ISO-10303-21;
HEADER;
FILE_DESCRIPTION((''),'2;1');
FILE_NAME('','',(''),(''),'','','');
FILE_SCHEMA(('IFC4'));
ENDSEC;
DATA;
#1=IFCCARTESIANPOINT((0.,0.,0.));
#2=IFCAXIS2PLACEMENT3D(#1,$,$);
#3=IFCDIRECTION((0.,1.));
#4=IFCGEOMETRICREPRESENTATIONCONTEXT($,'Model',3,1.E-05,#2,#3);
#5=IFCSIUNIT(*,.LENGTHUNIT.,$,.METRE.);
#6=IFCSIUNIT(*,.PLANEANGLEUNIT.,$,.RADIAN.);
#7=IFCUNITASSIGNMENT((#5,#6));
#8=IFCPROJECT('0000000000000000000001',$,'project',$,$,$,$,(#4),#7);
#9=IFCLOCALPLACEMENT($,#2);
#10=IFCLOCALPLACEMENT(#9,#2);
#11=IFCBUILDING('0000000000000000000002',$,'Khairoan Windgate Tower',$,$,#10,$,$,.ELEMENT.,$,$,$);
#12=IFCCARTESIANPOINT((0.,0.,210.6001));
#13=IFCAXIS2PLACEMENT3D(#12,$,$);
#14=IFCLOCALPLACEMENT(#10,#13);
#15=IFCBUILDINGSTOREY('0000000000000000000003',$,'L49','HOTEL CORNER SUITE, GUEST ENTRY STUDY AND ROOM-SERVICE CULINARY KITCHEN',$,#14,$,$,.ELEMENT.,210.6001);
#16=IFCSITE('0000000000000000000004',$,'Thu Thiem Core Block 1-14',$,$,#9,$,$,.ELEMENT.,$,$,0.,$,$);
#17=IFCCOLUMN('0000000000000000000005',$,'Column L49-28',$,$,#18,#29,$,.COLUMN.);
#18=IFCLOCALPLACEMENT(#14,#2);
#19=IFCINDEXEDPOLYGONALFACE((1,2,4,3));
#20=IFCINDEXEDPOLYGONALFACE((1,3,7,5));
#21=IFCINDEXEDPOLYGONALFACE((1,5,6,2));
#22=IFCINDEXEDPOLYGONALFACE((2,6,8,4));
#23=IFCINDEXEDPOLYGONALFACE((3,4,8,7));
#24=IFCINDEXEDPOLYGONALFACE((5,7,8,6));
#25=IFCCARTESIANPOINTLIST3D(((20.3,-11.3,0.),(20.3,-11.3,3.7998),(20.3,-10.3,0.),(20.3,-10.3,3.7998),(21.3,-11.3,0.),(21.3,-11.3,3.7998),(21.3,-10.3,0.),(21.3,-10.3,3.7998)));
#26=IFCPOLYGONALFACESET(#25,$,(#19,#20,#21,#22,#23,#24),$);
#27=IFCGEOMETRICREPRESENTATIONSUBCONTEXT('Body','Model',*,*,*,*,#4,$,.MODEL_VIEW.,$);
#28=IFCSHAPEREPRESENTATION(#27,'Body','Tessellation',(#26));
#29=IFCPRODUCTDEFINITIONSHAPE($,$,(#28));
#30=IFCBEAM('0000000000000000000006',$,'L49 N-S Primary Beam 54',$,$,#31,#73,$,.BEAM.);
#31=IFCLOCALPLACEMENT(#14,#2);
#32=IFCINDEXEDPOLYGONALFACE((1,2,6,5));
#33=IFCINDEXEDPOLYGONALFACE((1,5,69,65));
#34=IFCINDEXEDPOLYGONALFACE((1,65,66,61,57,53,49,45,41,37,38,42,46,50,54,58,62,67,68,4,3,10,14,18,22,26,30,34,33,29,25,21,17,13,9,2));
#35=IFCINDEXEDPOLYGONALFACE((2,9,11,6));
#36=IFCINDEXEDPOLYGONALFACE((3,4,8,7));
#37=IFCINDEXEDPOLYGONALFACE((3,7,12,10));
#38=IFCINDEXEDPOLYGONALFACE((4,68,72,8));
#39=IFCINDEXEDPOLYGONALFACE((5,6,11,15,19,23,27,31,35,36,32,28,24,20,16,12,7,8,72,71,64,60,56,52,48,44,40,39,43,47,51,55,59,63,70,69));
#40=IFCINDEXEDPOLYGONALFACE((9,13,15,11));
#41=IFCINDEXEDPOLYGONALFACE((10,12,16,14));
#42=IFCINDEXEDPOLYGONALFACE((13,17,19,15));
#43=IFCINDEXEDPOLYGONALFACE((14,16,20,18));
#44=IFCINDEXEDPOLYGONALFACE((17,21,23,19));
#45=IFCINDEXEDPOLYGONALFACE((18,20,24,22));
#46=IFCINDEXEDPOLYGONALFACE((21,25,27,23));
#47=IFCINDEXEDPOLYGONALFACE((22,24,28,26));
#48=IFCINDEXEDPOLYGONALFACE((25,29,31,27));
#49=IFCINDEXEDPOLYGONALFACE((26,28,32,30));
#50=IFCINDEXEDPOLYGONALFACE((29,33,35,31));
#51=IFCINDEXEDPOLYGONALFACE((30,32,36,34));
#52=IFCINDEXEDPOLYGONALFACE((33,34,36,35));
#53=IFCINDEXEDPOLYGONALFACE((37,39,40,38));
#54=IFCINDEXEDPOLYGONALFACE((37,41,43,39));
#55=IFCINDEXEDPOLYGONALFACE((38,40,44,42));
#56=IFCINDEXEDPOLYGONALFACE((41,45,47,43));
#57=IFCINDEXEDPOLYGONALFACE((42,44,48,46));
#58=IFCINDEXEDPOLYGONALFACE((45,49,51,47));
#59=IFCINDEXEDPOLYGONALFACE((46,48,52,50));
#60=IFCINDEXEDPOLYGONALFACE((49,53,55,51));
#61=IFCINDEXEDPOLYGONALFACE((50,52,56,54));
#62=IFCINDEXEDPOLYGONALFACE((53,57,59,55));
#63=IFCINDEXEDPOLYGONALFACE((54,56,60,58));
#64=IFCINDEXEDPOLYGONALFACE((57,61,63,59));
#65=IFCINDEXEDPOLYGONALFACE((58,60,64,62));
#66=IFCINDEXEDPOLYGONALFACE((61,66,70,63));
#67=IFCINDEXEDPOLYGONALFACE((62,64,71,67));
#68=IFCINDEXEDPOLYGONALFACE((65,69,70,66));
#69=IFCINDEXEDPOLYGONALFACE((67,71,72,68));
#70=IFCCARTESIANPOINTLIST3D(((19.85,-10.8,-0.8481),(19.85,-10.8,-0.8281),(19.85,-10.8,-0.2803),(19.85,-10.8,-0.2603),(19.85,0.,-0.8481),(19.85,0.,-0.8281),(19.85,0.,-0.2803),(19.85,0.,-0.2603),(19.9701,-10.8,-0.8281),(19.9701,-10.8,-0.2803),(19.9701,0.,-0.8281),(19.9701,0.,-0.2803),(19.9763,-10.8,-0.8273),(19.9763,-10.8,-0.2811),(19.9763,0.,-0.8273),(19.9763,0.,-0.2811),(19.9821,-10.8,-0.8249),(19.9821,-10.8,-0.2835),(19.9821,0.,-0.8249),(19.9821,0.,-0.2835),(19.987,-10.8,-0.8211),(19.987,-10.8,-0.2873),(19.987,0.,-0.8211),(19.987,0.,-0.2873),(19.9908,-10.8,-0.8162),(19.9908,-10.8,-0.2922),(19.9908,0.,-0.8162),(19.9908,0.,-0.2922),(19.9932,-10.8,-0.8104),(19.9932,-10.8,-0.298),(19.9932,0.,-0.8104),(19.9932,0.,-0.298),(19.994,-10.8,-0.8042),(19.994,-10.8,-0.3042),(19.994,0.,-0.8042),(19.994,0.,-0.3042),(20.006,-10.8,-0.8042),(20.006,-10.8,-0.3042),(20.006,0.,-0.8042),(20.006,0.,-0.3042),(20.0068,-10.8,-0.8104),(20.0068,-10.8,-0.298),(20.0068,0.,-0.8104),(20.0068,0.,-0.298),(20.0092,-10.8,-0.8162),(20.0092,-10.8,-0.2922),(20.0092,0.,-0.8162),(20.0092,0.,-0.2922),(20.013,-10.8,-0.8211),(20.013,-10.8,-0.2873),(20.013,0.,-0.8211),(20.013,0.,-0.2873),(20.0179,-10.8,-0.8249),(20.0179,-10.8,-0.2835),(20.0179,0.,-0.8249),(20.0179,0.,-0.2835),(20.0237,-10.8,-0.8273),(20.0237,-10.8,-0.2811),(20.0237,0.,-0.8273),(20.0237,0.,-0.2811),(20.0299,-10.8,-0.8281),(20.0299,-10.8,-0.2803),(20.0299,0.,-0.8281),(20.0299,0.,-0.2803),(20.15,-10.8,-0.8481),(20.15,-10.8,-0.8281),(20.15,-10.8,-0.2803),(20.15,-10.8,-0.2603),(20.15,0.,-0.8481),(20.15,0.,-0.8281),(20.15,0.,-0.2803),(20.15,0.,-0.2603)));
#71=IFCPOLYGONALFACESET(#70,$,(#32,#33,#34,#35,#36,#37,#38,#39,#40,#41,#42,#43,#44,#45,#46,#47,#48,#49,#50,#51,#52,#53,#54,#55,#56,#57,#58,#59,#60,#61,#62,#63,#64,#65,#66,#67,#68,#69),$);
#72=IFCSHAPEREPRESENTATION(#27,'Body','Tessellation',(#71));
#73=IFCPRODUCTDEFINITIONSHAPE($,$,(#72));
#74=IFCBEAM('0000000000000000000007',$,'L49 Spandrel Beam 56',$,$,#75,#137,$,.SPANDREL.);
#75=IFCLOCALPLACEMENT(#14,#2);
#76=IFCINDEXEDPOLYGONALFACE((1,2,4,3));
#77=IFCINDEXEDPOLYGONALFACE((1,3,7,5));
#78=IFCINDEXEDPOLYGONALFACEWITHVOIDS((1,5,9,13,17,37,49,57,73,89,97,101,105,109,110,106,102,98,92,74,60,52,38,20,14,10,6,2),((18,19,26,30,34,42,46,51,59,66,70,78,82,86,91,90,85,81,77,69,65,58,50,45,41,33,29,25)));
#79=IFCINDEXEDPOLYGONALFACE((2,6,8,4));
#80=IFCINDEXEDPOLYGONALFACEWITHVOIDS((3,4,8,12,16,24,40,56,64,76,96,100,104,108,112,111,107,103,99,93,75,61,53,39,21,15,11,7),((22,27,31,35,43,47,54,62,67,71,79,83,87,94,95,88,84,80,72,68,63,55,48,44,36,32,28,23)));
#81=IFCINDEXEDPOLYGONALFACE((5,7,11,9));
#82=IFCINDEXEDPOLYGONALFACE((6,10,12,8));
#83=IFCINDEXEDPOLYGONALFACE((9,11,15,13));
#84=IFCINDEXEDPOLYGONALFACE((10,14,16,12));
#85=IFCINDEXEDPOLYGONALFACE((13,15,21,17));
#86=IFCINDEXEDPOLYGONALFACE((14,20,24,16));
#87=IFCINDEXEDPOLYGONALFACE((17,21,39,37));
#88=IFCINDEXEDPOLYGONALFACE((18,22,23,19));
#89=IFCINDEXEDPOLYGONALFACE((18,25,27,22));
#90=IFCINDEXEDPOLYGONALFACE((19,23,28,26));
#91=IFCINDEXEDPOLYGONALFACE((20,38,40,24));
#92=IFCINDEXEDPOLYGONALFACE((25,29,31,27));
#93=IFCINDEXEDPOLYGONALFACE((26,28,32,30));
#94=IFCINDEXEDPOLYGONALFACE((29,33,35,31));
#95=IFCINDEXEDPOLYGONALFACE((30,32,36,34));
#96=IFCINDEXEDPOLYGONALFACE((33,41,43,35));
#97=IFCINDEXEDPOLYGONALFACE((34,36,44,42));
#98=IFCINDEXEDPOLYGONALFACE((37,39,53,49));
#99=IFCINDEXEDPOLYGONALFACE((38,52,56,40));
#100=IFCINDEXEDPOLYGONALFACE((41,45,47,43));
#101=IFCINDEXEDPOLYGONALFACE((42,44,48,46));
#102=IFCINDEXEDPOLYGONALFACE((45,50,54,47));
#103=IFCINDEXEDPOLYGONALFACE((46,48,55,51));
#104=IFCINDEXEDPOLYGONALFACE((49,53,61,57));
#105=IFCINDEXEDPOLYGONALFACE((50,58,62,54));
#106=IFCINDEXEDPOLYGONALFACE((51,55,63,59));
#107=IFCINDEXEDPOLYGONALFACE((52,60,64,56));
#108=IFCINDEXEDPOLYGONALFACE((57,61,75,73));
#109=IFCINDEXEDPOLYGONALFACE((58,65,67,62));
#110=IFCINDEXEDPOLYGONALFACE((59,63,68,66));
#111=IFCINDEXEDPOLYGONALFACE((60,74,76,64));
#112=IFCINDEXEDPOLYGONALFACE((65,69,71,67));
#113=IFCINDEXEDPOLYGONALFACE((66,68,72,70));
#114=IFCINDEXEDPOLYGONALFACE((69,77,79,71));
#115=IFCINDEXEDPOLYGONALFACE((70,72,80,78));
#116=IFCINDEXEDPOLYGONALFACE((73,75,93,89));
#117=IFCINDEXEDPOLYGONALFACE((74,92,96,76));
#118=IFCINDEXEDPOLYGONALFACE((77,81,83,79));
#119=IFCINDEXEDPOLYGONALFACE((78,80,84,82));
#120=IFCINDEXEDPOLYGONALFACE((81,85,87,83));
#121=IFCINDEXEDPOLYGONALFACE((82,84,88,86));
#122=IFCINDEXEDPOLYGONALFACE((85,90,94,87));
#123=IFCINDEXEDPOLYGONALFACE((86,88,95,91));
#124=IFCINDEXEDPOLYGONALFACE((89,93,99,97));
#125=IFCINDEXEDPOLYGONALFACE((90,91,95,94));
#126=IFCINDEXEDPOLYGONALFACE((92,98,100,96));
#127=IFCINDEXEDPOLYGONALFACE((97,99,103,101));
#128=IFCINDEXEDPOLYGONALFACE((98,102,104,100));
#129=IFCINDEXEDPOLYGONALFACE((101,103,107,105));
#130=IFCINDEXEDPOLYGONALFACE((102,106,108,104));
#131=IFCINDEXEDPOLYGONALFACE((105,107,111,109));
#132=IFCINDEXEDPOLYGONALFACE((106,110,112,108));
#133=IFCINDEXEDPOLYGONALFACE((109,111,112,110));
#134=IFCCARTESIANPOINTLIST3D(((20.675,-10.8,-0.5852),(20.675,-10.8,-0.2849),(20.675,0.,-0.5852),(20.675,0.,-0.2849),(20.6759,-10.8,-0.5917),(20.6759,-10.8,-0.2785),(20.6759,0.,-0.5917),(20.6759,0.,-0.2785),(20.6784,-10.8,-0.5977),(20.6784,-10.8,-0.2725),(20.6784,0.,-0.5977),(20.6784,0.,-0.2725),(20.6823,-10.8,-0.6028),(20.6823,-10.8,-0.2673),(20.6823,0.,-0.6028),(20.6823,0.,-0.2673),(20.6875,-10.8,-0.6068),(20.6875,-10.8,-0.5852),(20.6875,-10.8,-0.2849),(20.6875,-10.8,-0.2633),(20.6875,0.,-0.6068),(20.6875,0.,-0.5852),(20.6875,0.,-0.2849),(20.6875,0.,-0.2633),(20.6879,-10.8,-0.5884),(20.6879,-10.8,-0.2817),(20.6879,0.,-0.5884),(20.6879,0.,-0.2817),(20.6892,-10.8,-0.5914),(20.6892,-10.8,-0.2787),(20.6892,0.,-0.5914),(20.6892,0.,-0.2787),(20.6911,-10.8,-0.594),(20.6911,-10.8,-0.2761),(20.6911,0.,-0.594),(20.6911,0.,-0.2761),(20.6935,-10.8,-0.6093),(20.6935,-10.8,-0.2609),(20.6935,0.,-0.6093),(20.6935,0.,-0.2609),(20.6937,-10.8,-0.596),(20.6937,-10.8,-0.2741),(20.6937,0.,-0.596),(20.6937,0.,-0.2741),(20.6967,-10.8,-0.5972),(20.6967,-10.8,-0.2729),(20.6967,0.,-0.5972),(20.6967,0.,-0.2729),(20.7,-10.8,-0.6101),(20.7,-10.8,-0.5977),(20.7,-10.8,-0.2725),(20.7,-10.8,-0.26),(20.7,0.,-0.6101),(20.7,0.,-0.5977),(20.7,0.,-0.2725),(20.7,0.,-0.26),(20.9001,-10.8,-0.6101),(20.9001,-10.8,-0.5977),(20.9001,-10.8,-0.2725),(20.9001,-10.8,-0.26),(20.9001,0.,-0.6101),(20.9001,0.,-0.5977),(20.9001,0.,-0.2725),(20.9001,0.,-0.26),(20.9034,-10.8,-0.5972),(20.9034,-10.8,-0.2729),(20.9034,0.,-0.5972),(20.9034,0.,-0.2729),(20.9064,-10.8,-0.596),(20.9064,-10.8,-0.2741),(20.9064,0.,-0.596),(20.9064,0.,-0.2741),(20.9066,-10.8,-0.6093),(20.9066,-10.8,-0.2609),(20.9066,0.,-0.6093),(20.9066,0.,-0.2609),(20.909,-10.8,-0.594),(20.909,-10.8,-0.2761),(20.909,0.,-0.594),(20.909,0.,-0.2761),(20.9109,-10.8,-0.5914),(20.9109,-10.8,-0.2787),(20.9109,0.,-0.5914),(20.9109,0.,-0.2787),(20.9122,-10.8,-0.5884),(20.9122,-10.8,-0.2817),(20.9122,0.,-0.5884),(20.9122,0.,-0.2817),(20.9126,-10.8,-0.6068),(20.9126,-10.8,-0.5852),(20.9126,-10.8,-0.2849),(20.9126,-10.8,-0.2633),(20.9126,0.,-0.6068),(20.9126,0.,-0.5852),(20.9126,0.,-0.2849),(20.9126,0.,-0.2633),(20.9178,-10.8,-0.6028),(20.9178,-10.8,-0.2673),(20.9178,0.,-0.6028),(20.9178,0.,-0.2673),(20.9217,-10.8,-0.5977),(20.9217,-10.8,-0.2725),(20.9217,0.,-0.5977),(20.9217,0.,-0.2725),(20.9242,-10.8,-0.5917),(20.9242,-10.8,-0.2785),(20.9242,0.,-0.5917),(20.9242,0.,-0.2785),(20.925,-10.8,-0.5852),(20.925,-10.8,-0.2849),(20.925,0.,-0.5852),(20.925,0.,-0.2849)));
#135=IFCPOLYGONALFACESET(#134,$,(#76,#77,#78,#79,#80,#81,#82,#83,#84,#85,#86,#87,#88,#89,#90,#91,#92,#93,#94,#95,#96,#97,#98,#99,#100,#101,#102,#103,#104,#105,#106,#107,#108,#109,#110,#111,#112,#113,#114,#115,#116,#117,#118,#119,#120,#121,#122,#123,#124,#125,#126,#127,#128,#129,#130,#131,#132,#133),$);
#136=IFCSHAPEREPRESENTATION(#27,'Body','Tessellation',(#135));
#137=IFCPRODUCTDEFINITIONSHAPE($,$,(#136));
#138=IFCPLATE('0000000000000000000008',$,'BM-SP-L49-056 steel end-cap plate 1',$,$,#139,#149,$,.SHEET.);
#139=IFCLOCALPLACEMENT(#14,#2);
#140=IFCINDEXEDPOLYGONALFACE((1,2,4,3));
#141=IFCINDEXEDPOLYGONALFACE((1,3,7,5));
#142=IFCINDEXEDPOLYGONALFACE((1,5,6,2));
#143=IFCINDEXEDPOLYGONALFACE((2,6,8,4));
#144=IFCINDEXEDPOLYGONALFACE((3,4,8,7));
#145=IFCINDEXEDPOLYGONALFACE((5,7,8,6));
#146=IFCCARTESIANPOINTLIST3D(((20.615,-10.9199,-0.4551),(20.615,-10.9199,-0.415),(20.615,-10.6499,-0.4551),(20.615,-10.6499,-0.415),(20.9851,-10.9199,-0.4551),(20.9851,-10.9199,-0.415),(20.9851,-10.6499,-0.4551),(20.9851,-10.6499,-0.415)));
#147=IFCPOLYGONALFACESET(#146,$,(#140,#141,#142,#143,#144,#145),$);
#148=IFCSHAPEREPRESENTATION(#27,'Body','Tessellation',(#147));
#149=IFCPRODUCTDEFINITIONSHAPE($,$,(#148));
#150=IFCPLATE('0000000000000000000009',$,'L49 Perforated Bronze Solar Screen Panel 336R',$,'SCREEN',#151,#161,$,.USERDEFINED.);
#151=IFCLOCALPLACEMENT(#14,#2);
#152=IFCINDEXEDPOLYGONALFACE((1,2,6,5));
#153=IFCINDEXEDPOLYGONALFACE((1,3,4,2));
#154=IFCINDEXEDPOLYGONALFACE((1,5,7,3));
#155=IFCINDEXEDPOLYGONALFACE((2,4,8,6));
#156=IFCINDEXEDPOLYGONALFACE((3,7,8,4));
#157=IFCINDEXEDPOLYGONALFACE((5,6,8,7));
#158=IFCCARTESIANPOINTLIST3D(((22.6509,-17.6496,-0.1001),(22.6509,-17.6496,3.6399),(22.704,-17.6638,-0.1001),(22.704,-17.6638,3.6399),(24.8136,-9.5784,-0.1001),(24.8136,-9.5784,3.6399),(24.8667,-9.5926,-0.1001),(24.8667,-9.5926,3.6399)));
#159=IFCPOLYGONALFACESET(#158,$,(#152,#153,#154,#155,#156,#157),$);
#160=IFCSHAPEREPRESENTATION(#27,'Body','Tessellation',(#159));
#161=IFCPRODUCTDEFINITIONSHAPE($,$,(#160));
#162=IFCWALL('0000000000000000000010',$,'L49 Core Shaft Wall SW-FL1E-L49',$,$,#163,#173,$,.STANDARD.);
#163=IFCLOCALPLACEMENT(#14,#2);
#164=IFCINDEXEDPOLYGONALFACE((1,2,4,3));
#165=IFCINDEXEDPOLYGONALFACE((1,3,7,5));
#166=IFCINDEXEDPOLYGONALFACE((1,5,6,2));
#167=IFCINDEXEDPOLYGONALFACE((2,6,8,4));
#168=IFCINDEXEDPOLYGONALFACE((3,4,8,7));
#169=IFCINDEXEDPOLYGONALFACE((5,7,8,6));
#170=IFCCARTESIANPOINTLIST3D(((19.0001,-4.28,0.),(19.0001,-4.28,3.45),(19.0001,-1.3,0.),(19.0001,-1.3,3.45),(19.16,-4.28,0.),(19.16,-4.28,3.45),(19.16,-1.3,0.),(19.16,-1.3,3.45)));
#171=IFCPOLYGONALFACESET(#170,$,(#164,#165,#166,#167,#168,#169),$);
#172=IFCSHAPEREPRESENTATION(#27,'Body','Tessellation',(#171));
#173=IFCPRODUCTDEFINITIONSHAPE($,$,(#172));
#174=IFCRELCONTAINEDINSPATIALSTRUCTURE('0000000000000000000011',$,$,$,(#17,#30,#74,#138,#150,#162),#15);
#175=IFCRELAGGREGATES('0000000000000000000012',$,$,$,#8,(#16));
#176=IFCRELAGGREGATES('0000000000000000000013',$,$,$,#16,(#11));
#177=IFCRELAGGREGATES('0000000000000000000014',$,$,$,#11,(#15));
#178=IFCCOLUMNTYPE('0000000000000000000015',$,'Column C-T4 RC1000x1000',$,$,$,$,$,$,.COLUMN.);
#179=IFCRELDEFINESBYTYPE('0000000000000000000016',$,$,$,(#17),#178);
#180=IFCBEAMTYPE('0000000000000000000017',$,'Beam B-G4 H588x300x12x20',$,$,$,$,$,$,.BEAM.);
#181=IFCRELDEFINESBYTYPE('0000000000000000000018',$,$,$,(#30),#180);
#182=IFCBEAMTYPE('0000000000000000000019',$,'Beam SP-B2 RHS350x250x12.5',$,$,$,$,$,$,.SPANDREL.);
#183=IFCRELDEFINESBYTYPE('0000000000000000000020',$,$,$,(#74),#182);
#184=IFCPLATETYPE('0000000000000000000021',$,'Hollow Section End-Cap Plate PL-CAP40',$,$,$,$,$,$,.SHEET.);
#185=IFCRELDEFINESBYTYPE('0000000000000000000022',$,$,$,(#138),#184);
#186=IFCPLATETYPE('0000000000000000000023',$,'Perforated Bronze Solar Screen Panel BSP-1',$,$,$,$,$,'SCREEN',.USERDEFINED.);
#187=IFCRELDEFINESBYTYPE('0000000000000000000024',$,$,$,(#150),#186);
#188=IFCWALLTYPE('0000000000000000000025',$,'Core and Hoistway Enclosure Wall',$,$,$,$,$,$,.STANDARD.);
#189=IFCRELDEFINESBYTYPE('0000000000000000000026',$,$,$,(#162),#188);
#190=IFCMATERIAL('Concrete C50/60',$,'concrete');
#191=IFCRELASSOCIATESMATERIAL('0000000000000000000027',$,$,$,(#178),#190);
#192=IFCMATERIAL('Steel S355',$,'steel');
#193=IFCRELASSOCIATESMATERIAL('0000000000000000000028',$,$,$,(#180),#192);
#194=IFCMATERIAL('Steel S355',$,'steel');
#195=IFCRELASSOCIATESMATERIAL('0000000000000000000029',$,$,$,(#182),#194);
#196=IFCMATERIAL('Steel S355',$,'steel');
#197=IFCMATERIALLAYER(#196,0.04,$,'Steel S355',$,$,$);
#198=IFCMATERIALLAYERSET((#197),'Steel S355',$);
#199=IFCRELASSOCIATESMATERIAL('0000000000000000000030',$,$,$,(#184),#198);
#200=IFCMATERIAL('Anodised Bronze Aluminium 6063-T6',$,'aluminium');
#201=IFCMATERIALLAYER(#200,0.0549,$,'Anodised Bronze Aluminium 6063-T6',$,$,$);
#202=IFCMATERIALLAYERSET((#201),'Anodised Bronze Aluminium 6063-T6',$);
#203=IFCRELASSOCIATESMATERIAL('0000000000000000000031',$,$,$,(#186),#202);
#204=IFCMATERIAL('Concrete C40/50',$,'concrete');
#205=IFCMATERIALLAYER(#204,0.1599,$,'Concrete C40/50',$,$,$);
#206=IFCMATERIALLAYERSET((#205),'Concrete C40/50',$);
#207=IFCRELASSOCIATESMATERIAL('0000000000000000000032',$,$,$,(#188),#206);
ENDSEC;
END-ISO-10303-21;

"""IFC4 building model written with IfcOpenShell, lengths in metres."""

from ifc_helpers import new_model, si_unit, direction, frame, frame_2d, origin, origin_2d, place, context, subcontext, project, spatial, rectangle, hollow_rectangle, i_section, extrude, material, layer, layer_set, material_profile, profile_set, type_object, element, save


model = new_model("IFC4")

# Units and contexts
model_context = context("Model", 3, precision=1e-05, world=origin(), true_north=direction((0.0, 1.0)))
body_context = subcontext(model_context, "Body", "Model", "MODEL_VIEW")
ifc_project = project(units=[si_unit("LENGTHUNIT", "METRE"), si_unit("PLANEANGLEUNIT", "RADIAN")], contexts=[model_context])

# Site, building, storey
site_placement = place(None, origin())
site = spatial("IfcSite", under=ifc_project, at=site_placement, Name="Thu Thiem Core Block 1-14", CompositionType="ELEMENT", RefElevation=0.0)
building_placement = place(site_placement, origin())
building = spatial("IfcBuilding", under=site, at=building_placement, Name="Khairoan Windgate Tower", CompositionType="ELEMENT")
storey_placement = place(building_placement, frame((0.0, 0.0, 210.6001)))
storey = spatial("IfcBuildingStorey", under=building, at=storey_placement, Name="L49", Description="HOTEL CORNER SUITE, GUEST ENTRY STUDY AND ROOM-SERVICE CULINARY KITCHEN", CompositionType="ELEMENT", Elevation=210.6001)

# Column
ifc_material_1 = material(Name="Concrete C50/60", Category="concrete")
ifc_material_profile_1 = material_profile(ifc_material_1, rectangle(XDim=1.0, YDim=1.0, at=origin_2d()))
ifc_profile_set_1 = profile_set([ifc_material_profile_1], Name="Concrete C50/60")
column_type = type_object("IfcColumnType", Name="Column C-T4 RC1000x1000", PredefinedType="COLUMN", material=ifc_profile_set_1)
column_placement = place(storey_placement, frame((20.8, -10.8, 0.0), z_axis=(0.0, 0.0, 1.0), x_axis=(1.0, 0.0, 0.0)))
element("IfcColumn", 1, at=column_placement, inside=storey, type_object=column_type, Name="Column L49-28", PredefinedType="COLUMN", context=body_context, shape_type="SweptSolid", body=[
    extrude(rectangle(XDim=1.0, YDim=1.0, at=origin_2d()), origin(), (0.0, 0.0, 1.0), 3.7998),
])

# Beams
ifc_material_2 = material(Name="Steel S355", Category="steel")
ifc_material_profile_2 = material_profile(ifc_material_2, i_section(OverallWidth=0.3, OverallDepth=0.5879, WebThickness=0.012, FlangeThickness=0.02, FilletRadius=0.0239, at=origin_2d()))
ifc_profile_set_2 = profile_set([ifc_material_profile_2], Name="Steel S355")
beam_type_1 = type_object("IfcBeamType", Name="Beam B-G4 H588x300x12x20", PredefinedType="BEAM", material=ifc_profile_set_2)
beam_1_placement = place(storey_placement, frame((20.0, -10.8, -0.5542), z_axis=(0.0, 1.0, 0.0), x_axis=(-1.0, 0.0, 0.0)))
element("IfcBeam", 2, at=beam_1_placement, inside=storey, type_object=beam_type_1, Name="L49 N-S Primary Beam 54", PredefinedType="BEAM", context=body_context, shape_type="SweptSolid", body=[
    extrude(i_section(OverallWidth=0.3, OverallDepth=0.5879, WebThickness=0.012, FlangeThickness=0.02, FilletRadius=0.0239, at=origin_2d()), origin(), (0.0, 0.0, 1.0), 10.8),
])
ifc_material_3 = material(Name="Steel S355", Category="steel")
ifc_material_profile_3 = material_profile(ifc_material_3, hollow_rectangle(XDim=0.25, YDim=0.3501, WallThickness=0.0125, InnerFilletRadius=0.0125, OuterFilletRadius=0.0249, at=origin_2d()))
ifc_profile_set_3 = profile_set([ifc_material_profile_3], Name="Steel S355")
beam_type_2 = type_object("IfcBeamType", Name="Beam SP-B2 RHS350x250x12.5", PredefinedType="SPANDREL", material=ifc_profile_set_3)
beam_2_placement = place(storey_placement, frame((20.8, -10.8, -0.4351), z_axis=(0.0, 1.0, 0.0), x_axis=(-1.0, 0.0, 0.0)))
element("IfcBeam", 3, at=beam_2_placement, inside=storey, type_object=beam_type_2, Name="L49 Spandrel Beam 56", PredefinedType="SPANDREL", context=body_context, shape_type="SweptSolid", body=[
    extrude(hollow_rectangle(XDim=0.25, YDim=0.3501, WallThickness=0.0125, InnerFilletRadius=0.0125, OuterFilletRadius=0.0249, at=origin_2d()), origin(), (0.0, 0.0, 1.0), 10.8),
])

# Plates
ifc_material_4 = material(Name="Steel S355", Category="steel")
ifc_layer_1 = layer(ifc_material_4, 0.04, Name="Steel S355")
ifc_layer_set_1 = layer_set([ifc_layer_1], Name="Steel S355")
plate_type_1 = type_object("IfcPlateType", Name="Hollow Section End-Cap Plate PL-CAP40", PredefinedType="SHEET", material=ifc_layer_set_1)
plate_1_placement = place(storey_placement, frame((20.8, -10.7849, -0.4551), z_axis=(0.0, 0.0, 1.0), x_axis=(0.0, 1.0, 0.0)))
element("IfcPlate", 4, at=plate_1_placement, inside=storey, type_object=plate_type_1, Name="BM-SP-L49-056 steel end-cap plate 1", PredefinedType="SHEET", context=body_context, shape_type="SweptSolid", body=[
    extrude(rectangle(XDim=0.27, YDim=0.3701, at=origin_2d()), origin(), (0.0, 0.0, 1.0), 0.04),
])
ifc_material_5 = material(Name="Anodised Bronze Aluminium 6063-T6", Category="aluminium")
ifc_layer_2 = layer(ifc_material_5, 0.0549, Name="Anodised Bronze Aluminium 6063-T6")
ifc_layer_set_2 = layer_set([ifc_layer_2], Name="Anodised Bronze Aluminium 6063-T6")
plate_type_2 = type_object("IfcPlateType", Name="Perforated Bronze Solar Screen Panel BSP-1", ElementType="SCREEN", PredefinedType="USERDEFINED", material=ifc_layer_set_2)
plate_2_placement = place(storey_placement, frame((23.7588, -13.6211, -0.1001), z_axis=(0.0, 0.0, 1.0), x_axis=(-0.258819, -0.965926, 0.0)))
element("IfcPlate", 5, at=plate_2_placement, inside=storey, type_object=plate_type_2, Name="L49 Perforated Bronze Solar Screen Panel 336R", ObjectType="SCREEN", PredefinedType="USERDEFINED", context=body_context, shape_type="SweptSolid", body=[
    extrude(rectangle(XDim=8.356, YDim=0.0549, at=origin_2d()), origin(), (0.0, 0.0, 1.0), 3.74),
])

# Wall
ifc_material_6 = material(Name="Concrete C40/50", Category="concrete")
ifc_layer_3 = layer(ifc_material_6, 0.1599, Name="Concrete C40/50")
ifc_layer_set_3 = layer_set([ifc_layer_3], Name="Concrete C40/50")
wall_type_1 = type_object("IfcWallType", Name="Core and Hoistway Enclosure Wall", PredefinedType="STANDARD", material=ifc_layer_set_3)
wall_1_placement = place(storey_placement, frame((19.0801, -4.28, 0.0), z_axis=(0.0, 0.0, 1.0), x_axis=(0.0, 1.0, 0.0)))
element("IfcWall", 6, at=wall_1_placement, inside=storey, type_object=wall_type_1, Name="L49 Core Shaft Wall SW-FL1E-L49", PredefinedType="STANDARD", context=body_context, shape_type="SweptSolid", body=[
    extrude(rectangle(XDim=2.98, YDim=0.1599, at=frame_2d((1.49, 0.0))), origin(), (0.0, 0.0, 1.0), 3.45),
])

save(model, "model.ifc")
